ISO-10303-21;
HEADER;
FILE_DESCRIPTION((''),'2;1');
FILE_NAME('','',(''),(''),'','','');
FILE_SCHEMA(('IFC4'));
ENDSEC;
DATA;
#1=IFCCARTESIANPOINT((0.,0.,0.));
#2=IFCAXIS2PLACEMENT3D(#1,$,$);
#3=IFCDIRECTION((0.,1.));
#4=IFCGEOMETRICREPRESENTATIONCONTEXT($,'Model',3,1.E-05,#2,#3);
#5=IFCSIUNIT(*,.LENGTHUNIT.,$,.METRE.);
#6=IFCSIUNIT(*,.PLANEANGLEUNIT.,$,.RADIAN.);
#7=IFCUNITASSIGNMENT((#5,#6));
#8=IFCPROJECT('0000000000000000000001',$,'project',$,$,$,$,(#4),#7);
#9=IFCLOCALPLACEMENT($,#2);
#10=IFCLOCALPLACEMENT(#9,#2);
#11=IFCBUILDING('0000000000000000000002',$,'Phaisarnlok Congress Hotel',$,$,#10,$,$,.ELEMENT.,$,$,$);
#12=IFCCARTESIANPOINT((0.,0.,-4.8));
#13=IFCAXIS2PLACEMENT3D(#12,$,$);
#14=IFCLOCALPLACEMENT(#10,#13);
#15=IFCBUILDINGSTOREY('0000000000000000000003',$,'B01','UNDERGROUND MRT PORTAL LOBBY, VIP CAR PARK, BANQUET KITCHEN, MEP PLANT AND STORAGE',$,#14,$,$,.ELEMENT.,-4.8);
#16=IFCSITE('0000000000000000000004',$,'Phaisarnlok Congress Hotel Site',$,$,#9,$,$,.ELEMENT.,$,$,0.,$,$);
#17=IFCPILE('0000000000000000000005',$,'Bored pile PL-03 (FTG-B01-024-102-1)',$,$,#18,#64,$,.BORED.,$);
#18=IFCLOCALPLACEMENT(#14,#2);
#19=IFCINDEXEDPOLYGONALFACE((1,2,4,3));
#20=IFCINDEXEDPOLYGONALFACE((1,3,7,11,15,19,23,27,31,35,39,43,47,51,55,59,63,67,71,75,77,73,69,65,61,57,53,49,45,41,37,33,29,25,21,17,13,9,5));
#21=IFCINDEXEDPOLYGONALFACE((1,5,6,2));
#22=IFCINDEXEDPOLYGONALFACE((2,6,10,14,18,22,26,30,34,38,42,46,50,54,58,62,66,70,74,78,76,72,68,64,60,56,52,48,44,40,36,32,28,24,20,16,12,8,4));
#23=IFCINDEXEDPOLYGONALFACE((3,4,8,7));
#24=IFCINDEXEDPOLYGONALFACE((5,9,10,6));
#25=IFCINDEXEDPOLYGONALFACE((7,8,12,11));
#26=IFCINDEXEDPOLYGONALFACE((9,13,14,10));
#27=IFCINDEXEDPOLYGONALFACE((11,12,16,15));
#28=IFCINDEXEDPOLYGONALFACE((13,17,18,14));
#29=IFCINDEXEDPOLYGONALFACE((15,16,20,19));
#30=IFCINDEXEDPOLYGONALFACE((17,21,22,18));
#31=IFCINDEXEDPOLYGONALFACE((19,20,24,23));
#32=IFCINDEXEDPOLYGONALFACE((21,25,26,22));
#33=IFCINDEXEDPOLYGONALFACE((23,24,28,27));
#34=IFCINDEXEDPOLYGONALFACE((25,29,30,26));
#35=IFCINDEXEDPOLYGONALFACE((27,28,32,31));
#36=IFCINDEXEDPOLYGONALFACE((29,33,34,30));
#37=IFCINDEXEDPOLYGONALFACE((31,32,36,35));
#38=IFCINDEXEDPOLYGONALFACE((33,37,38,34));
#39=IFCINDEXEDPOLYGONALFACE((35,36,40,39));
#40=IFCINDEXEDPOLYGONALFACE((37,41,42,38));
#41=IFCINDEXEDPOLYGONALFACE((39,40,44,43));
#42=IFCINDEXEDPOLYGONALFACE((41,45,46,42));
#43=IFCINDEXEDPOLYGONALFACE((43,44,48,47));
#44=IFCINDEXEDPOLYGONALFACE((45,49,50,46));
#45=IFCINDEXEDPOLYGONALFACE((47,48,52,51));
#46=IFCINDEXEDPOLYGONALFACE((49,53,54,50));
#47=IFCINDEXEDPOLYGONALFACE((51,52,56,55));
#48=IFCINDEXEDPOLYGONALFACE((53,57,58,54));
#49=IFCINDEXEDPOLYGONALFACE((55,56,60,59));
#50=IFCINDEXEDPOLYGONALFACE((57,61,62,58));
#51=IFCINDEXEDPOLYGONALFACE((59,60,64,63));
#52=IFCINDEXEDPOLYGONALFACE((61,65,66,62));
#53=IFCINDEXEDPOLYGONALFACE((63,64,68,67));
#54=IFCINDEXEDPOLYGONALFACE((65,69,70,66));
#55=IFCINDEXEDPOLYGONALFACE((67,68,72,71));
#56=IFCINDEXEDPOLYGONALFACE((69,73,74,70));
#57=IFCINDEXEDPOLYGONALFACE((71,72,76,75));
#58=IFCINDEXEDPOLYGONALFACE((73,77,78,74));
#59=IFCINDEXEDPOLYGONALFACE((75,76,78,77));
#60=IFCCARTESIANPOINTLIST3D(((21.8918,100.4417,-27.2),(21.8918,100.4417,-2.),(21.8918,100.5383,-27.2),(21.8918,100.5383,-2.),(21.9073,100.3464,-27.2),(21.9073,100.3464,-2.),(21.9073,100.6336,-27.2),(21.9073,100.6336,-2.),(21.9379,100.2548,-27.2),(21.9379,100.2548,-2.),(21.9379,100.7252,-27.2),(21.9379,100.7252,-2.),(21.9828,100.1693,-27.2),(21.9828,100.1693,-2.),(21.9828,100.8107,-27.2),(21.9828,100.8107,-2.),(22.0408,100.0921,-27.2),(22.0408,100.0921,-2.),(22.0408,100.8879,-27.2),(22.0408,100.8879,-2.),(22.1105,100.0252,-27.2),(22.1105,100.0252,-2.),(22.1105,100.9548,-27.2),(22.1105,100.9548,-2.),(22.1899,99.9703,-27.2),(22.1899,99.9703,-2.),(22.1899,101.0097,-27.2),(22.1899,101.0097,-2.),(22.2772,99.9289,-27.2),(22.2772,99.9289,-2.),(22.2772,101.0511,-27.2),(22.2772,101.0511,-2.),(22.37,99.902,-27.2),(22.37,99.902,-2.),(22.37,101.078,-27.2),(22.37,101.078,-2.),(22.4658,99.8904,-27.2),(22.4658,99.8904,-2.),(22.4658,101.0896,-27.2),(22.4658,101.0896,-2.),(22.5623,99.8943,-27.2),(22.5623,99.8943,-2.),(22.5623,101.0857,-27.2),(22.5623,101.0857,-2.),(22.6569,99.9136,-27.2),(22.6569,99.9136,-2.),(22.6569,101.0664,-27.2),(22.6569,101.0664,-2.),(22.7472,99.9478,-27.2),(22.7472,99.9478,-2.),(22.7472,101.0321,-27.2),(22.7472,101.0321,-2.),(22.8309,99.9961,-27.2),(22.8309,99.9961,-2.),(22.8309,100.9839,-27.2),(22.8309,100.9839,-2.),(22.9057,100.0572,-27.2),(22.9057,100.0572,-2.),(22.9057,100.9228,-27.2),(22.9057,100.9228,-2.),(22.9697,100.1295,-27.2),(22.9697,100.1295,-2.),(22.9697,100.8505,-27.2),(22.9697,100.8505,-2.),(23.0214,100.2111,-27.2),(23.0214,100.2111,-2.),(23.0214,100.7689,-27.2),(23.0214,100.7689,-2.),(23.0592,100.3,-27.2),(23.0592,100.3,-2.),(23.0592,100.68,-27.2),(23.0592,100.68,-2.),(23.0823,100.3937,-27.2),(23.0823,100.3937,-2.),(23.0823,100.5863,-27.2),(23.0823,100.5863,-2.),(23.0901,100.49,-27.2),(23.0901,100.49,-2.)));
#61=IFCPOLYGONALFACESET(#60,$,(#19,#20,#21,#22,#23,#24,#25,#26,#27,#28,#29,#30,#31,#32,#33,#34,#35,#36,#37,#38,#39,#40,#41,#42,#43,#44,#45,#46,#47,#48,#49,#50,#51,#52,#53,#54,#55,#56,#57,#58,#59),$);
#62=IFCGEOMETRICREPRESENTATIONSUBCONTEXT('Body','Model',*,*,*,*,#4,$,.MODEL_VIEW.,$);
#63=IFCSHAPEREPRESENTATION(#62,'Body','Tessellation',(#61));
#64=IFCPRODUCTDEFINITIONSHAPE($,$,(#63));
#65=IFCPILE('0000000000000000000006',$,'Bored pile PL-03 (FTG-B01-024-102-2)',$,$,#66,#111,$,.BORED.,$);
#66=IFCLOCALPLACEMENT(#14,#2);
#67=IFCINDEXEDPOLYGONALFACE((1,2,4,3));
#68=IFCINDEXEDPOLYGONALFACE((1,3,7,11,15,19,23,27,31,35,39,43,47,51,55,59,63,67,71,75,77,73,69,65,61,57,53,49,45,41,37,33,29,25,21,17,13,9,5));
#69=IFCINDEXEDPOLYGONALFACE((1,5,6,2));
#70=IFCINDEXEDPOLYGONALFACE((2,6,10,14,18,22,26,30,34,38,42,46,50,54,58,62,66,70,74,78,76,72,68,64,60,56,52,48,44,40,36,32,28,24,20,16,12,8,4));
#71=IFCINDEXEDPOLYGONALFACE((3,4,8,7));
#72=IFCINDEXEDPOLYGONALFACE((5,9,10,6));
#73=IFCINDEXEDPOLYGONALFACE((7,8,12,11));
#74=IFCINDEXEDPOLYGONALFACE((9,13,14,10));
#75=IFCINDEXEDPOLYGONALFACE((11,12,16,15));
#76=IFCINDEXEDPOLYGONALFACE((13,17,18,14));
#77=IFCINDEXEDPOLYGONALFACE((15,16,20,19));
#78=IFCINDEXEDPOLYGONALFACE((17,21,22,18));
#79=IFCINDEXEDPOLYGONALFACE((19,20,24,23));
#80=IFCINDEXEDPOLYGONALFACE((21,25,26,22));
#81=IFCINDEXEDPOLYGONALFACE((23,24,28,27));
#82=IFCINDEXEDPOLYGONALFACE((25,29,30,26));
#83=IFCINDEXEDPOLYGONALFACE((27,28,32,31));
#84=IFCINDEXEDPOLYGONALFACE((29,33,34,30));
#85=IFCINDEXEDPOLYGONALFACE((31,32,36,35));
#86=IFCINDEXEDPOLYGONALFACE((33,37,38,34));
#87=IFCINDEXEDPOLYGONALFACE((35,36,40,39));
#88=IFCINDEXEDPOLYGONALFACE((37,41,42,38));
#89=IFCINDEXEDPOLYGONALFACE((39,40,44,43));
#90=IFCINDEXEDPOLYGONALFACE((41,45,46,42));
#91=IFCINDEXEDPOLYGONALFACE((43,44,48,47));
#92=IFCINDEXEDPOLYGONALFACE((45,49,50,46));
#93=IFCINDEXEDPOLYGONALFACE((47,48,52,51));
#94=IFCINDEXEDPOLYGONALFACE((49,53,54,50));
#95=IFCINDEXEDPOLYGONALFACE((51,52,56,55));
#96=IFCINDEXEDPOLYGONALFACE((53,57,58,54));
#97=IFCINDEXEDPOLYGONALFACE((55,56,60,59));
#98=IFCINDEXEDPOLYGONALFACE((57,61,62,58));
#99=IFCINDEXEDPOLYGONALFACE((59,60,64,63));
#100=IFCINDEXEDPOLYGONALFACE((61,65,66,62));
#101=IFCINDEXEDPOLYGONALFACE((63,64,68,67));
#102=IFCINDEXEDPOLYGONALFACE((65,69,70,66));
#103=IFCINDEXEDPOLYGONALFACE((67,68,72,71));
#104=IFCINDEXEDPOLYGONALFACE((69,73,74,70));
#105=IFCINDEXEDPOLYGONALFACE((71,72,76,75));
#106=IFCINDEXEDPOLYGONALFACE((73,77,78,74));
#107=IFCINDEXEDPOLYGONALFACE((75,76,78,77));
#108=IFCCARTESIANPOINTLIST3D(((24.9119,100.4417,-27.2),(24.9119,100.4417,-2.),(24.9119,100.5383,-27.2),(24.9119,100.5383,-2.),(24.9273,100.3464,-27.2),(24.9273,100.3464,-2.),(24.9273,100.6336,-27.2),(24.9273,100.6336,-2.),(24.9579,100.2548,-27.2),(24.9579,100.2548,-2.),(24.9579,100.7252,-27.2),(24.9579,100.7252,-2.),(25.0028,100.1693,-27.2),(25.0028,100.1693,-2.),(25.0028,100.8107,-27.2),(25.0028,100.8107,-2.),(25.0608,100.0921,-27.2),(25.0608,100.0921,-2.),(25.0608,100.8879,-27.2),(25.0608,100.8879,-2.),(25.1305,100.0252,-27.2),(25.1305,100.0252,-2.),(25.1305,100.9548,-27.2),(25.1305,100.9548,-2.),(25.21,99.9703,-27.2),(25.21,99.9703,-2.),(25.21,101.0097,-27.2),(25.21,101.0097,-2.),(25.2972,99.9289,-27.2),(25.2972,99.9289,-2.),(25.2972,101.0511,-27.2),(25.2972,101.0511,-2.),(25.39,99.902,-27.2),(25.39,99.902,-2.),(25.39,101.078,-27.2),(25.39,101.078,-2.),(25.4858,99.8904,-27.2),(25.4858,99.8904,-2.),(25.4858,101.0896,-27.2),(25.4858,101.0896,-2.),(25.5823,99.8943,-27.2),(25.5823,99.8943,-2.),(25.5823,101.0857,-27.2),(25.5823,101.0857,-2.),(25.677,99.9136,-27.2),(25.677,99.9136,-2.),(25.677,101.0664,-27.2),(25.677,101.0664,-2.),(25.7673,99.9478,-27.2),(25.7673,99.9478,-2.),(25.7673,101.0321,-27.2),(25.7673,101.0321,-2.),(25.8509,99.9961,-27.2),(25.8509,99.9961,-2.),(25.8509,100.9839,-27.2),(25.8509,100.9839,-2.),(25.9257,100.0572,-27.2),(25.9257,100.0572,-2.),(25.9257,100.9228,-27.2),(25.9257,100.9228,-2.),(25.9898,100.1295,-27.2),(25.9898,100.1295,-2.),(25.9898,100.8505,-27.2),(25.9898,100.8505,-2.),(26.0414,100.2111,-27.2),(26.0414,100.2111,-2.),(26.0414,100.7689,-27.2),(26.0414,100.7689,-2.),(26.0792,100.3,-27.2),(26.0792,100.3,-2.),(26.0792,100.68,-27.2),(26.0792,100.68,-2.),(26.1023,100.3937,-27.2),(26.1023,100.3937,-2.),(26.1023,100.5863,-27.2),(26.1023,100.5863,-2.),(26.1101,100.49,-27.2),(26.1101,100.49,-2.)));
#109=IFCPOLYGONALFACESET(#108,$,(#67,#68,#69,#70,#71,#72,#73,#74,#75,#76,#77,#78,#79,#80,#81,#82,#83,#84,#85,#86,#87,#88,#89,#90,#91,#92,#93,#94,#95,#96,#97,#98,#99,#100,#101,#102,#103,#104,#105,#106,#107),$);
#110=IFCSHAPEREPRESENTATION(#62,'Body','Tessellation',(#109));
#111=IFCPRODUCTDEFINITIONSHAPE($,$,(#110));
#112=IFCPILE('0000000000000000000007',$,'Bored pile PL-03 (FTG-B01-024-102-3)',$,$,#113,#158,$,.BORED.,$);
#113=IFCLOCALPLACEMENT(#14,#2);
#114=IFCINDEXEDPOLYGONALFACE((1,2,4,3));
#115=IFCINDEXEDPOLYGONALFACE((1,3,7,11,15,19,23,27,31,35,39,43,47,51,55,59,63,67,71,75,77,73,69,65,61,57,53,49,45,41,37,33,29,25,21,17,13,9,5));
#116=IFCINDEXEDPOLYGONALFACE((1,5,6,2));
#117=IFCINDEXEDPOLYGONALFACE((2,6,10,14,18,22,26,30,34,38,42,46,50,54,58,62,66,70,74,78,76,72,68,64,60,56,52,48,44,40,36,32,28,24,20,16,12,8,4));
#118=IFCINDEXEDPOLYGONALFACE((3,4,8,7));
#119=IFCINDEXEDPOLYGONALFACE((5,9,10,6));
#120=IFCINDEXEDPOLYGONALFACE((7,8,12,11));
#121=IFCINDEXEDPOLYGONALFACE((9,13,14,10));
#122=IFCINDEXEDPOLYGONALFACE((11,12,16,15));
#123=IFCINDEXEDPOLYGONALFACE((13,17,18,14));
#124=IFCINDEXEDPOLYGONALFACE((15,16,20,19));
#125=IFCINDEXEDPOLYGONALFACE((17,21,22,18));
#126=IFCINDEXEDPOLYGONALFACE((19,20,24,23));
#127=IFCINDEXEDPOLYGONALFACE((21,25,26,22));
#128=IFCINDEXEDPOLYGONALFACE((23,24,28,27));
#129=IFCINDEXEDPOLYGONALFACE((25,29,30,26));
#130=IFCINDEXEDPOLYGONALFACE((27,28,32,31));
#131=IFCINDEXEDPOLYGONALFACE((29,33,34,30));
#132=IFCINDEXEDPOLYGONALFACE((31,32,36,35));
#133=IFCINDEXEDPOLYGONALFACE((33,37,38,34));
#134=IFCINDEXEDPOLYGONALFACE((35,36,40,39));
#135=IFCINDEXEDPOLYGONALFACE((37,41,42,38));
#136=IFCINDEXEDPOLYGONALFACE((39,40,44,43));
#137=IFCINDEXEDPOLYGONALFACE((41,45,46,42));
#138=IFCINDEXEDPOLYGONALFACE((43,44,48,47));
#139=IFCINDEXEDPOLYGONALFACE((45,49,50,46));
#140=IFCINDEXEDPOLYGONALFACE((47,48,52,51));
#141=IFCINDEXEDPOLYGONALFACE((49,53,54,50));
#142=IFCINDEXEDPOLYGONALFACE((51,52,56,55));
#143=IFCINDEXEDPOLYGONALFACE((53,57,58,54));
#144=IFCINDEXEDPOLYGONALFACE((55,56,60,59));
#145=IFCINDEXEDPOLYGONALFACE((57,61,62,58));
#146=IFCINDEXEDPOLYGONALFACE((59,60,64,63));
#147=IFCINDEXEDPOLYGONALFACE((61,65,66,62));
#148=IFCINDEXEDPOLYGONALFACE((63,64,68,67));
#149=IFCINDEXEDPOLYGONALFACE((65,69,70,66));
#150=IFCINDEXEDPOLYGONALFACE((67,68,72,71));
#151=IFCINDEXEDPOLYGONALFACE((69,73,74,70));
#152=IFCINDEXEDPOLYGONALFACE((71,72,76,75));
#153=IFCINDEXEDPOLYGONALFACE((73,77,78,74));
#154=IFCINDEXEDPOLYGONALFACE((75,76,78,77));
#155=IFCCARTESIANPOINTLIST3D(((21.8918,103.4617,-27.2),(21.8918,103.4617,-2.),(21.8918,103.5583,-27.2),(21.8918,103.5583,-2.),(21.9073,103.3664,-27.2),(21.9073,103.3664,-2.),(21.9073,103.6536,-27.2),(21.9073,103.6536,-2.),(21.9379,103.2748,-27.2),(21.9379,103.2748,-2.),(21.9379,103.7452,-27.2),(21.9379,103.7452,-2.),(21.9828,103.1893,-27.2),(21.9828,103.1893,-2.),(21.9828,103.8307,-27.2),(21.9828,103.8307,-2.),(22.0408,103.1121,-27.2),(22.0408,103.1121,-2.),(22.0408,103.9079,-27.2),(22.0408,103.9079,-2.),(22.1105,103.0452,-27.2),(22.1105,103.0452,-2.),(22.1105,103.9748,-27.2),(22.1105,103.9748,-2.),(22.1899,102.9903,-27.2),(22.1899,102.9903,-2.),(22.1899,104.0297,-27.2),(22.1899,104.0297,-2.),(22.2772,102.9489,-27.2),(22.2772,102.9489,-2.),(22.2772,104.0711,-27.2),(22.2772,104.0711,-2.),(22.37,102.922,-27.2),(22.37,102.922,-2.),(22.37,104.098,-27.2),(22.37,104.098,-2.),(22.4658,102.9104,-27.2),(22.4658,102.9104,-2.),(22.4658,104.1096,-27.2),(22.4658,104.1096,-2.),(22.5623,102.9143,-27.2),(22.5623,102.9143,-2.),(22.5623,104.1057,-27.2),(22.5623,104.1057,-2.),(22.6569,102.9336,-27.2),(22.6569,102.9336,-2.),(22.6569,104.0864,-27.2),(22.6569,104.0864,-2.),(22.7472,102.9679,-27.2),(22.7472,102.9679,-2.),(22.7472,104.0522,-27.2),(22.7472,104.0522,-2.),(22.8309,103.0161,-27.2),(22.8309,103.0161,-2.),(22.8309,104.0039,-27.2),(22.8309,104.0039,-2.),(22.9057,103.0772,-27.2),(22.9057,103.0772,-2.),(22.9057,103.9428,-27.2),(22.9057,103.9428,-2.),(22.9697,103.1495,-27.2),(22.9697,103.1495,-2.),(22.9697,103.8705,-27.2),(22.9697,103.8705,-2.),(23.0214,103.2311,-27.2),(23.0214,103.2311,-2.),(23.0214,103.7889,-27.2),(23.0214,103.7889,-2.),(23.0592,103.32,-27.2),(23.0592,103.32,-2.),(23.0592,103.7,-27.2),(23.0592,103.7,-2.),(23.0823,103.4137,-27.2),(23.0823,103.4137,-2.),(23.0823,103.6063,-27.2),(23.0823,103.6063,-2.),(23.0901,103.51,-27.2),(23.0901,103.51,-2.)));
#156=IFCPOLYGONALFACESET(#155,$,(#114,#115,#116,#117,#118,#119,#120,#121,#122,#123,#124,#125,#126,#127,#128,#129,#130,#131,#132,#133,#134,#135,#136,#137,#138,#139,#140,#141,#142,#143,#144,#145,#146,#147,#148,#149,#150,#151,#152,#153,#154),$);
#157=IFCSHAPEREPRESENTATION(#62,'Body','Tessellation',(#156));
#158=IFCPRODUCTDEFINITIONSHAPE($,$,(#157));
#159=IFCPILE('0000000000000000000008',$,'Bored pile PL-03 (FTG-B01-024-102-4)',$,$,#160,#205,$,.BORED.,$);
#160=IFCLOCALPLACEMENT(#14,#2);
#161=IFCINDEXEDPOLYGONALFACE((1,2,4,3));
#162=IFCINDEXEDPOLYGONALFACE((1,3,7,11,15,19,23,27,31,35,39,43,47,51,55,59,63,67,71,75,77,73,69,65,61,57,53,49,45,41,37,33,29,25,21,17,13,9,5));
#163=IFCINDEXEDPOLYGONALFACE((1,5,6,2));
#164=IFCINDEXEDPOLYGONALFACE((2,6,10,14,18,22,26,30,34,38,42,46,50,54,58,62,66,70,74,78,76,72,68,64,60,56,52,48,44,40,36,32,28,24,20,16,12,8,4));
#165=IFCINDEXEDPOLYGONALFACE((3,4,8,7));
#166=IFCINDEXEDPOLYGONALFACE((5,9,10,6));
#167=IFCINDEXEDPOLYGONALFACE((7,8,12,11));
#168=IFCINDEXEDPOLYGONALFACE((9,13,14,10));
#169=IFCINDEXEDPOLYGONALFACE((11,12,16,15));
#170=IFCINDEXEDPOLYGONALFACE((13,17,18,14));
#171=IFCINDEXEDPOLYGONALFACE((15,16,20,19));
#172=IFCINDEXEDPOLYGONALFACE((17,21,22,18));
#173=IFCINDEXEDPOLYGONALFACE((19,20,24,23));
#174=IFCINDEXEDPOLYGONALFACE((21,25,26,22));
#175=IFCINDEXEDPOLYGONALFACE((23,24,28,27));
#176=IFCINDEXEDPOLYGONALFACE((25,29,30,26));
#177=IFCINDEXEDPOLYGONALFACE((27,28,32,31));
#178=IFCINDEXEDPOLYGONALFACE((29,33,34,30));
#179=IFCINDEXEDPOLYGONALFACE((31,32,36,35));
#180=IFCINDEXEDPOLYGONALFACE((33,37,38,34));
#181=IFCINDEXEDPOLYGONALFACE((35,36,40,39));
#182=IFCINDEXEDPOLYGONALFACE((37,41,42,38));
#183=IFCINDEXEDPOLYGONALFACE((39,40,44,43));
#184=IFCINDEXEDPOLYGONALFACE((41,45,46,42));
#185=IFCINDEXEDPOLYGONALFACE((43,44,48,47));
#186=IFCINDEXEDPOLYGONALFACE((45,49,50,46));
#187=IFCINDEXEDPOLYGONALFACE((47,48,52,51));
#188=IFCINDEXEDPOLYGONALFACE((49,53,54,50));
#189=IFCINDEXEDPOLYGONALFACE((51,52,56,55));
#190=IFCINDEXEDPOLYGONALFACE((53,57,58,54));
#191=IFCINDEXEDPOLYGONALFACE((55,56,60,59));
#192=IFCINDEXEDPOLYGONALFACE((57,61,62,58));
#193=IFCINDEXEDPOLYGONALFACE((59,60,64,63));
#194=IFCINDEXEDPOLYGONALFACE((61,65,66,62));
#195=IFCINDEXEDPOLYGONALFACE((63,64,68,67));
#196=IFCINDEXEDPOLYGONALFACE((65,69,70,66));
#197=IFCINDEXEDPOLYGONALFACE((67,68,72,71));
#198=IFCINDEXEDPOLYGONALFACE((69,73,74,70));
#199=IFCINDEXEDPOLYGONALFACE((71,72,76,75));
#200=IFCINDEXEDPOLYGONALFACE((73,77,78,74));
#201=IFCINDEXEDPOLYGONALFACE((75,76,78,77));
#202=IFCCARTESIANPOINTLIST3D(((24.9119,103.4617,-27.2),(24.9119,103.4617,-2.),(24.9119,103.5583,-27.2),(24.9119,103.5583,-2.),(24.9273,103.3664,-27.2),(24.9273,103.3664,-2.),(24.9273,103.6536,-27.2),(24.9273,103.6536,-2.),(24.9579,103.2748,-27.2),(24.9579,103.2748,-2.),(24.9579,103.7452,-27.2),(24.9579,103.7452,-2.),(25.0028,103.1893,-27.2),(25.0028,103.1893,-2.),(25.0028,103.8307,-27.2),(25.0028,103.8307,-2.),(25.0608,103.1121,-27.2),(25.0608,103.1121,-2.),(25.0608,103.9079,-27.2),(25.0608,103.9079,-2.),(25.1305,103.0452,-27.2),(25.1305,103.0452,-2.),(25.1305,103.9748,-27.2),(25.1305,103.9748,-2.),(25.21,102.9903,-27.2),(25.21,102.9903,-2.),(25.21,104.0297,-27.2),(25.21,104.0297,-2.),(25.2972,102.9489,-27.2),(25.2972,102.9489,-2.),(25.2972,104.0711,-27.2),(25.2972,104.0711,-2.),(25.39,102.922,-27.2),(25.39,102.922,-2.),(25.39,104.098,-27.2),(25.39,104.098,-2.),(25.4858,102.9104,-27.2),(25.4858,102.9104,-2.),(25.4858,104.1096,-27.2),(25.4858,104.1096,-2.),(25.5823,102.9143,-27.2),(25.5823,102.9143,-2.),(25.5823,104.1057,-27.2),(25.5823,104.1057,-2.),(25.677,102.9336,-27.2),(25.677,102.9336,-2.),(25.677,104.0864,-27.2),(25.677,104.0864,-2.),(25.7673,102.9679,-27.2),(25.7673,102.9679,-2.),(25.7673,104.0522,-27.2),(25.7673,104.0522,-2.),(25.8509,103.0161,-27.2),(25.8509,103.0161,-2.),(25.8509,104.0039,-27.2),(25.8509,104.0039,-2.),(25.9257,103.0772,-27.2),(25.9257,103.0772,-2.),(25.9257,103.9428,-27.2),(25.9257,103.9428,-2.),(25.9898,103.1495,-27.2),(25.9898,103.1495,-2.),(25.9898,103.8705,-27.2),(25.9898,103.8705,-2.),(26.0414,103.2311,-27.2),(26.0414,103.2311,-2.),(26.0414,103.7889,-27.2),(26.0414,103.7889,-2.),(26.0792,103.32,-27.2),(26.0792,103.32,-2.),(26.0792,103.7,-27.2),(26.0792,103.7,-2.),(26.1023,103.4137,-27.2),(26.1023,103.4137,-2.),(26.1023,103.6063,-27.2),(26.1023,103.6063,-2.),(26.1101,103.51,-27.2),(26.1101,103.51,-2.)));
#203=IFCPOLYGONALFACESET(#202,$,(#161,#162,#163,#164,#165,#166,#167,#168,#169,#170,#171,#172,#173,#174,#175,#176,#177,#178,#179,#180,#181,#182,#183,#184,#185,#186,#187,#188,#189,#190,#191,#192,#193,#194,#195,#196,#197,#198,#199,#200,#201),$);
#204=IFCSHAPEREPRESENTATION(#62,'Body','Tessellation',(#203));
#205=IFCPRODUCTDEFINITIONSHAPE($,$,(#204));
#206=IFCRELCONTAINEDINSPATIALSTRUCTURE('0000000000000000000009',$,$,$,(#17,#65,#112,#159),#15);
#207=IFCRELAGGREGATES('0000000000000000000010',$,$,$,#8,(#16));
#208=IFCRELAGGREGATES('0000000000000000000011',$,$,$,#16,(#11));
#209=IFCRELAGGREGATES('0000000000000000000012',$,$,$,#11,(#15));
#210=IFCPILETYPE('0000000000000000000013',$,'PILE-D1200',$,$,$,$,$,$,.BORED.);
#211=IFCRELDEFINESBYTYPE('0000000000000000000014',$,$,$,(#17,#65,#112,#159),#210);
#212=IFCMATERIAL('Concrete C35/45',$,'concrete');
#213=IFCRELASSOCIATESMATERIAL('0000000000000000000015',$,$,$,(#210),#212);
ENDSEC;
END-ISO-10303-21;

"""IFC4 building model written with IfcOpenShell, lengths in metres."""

from ifc_helpers import new_model, si_unit, direction, frame, origin, origin_2d, place, context, subcontext, project, spatial, circle, extrude, material, material_profile, profile_set, type_object, element, save


model = new_model("IFC4")

# Units and contexts
model_context = context("Model", 3, precision=1e-05, world=origin(), true_north=direction((0.0, 1.0)))
body_context = subcontext(model_context, "Body", "Model", "MODEL_VIEW")
ifc_project = project(units=[si_unit("LENGTHUNIT", "METRE"), si_unit("PLANEANGLEUNIT", "RADIAN")], contexts=[model_context])

# Site, building, storey
site_placement = place(None, origin())
site = spatial("IfcSite", under=ifc_project, at=site_placement, Name="Phaisarnlok Congress Hotel Site", CompositionType="ELEMENT", RefElevation=0.0)
building_placement = place(site_placement, origin())
building = spatial("IfcBuilding", under=site, at=building_placement, Name="Phaisarnlok Congress Hotel", CompositionType="ELEMENT")
storey_placement = place(building_placement, frame((0.0, 0.0, -4.8)))
storey = spatial("IfcBuildingStorey", under=building, at=storey_placement, Name="B01", Description="UNDERGROUND MRT PORTAL LOBBY, VIP CAR PARK, BANQUET KITCHEN, MEP PLANT AND STORAGE", CompositionType="ELEMENT", Elevation=-4.8)

# Piles
ifc_material_1 = material(Name="Concrete C35/45", Category="concrete")
ifc_material_profile_1 = material_profile(ifc_material_1, circle(Radius=0.6001, at=origin_2d()), Name="BORED PILE D1200")
ifc_profile_set_1 = profile_set([ifc_material_profile_1], Name="Concrete C35/45")
pile_type_1 = type_object("IfcPileType", Name="PILE-D1200", PredefinedType="BORED", material=ifc_profile_set_1)
for number, where, z_axis, x_axis, name in (
    (1, (22.49, 100.49, -2.0), (0.0, 0.0, -1.0), (1.0, 0.0, 0.0), "Bored pile PL-03 (FTG-B01-024-102-1)"),
    (2, (25.51, 100.49, -2.0), (0.0, 0.0, -1.0), (1.0, 0.0, 0.0), "Bored pile PL-03 (FTG-B01-024-102-2)"),
    (3, (22.49, 103.51, -2.0), (0.0, 0.0, -1.0), (1.0, 0.0, 0.0), "Bored pile PL-03 (FTG-B01-024-102-3)"),
    (4, (25.51, 103.51, -2.0), (0.0, 0.0, -1.0), (1.0, 0.0, 0.0), "Bored pile PL-03 (FTG-B01-024-102-4)"),
):
    element("IfcPile", number, at=place(storey_placement, frame(where, z_axis=z_axis, x_axis=x_axis)), inside=storey, type_object=pile_type_1, Name=name, PredefinedType="BORED", context=body_context, shape_type="SweptSolid", body=[
        extrude(circle(Radius=0.6001, at=origin_2d()), origin(), (0.0, 0.0, 1.0), 25.2),
    ])

save(model, "model.ifc")
